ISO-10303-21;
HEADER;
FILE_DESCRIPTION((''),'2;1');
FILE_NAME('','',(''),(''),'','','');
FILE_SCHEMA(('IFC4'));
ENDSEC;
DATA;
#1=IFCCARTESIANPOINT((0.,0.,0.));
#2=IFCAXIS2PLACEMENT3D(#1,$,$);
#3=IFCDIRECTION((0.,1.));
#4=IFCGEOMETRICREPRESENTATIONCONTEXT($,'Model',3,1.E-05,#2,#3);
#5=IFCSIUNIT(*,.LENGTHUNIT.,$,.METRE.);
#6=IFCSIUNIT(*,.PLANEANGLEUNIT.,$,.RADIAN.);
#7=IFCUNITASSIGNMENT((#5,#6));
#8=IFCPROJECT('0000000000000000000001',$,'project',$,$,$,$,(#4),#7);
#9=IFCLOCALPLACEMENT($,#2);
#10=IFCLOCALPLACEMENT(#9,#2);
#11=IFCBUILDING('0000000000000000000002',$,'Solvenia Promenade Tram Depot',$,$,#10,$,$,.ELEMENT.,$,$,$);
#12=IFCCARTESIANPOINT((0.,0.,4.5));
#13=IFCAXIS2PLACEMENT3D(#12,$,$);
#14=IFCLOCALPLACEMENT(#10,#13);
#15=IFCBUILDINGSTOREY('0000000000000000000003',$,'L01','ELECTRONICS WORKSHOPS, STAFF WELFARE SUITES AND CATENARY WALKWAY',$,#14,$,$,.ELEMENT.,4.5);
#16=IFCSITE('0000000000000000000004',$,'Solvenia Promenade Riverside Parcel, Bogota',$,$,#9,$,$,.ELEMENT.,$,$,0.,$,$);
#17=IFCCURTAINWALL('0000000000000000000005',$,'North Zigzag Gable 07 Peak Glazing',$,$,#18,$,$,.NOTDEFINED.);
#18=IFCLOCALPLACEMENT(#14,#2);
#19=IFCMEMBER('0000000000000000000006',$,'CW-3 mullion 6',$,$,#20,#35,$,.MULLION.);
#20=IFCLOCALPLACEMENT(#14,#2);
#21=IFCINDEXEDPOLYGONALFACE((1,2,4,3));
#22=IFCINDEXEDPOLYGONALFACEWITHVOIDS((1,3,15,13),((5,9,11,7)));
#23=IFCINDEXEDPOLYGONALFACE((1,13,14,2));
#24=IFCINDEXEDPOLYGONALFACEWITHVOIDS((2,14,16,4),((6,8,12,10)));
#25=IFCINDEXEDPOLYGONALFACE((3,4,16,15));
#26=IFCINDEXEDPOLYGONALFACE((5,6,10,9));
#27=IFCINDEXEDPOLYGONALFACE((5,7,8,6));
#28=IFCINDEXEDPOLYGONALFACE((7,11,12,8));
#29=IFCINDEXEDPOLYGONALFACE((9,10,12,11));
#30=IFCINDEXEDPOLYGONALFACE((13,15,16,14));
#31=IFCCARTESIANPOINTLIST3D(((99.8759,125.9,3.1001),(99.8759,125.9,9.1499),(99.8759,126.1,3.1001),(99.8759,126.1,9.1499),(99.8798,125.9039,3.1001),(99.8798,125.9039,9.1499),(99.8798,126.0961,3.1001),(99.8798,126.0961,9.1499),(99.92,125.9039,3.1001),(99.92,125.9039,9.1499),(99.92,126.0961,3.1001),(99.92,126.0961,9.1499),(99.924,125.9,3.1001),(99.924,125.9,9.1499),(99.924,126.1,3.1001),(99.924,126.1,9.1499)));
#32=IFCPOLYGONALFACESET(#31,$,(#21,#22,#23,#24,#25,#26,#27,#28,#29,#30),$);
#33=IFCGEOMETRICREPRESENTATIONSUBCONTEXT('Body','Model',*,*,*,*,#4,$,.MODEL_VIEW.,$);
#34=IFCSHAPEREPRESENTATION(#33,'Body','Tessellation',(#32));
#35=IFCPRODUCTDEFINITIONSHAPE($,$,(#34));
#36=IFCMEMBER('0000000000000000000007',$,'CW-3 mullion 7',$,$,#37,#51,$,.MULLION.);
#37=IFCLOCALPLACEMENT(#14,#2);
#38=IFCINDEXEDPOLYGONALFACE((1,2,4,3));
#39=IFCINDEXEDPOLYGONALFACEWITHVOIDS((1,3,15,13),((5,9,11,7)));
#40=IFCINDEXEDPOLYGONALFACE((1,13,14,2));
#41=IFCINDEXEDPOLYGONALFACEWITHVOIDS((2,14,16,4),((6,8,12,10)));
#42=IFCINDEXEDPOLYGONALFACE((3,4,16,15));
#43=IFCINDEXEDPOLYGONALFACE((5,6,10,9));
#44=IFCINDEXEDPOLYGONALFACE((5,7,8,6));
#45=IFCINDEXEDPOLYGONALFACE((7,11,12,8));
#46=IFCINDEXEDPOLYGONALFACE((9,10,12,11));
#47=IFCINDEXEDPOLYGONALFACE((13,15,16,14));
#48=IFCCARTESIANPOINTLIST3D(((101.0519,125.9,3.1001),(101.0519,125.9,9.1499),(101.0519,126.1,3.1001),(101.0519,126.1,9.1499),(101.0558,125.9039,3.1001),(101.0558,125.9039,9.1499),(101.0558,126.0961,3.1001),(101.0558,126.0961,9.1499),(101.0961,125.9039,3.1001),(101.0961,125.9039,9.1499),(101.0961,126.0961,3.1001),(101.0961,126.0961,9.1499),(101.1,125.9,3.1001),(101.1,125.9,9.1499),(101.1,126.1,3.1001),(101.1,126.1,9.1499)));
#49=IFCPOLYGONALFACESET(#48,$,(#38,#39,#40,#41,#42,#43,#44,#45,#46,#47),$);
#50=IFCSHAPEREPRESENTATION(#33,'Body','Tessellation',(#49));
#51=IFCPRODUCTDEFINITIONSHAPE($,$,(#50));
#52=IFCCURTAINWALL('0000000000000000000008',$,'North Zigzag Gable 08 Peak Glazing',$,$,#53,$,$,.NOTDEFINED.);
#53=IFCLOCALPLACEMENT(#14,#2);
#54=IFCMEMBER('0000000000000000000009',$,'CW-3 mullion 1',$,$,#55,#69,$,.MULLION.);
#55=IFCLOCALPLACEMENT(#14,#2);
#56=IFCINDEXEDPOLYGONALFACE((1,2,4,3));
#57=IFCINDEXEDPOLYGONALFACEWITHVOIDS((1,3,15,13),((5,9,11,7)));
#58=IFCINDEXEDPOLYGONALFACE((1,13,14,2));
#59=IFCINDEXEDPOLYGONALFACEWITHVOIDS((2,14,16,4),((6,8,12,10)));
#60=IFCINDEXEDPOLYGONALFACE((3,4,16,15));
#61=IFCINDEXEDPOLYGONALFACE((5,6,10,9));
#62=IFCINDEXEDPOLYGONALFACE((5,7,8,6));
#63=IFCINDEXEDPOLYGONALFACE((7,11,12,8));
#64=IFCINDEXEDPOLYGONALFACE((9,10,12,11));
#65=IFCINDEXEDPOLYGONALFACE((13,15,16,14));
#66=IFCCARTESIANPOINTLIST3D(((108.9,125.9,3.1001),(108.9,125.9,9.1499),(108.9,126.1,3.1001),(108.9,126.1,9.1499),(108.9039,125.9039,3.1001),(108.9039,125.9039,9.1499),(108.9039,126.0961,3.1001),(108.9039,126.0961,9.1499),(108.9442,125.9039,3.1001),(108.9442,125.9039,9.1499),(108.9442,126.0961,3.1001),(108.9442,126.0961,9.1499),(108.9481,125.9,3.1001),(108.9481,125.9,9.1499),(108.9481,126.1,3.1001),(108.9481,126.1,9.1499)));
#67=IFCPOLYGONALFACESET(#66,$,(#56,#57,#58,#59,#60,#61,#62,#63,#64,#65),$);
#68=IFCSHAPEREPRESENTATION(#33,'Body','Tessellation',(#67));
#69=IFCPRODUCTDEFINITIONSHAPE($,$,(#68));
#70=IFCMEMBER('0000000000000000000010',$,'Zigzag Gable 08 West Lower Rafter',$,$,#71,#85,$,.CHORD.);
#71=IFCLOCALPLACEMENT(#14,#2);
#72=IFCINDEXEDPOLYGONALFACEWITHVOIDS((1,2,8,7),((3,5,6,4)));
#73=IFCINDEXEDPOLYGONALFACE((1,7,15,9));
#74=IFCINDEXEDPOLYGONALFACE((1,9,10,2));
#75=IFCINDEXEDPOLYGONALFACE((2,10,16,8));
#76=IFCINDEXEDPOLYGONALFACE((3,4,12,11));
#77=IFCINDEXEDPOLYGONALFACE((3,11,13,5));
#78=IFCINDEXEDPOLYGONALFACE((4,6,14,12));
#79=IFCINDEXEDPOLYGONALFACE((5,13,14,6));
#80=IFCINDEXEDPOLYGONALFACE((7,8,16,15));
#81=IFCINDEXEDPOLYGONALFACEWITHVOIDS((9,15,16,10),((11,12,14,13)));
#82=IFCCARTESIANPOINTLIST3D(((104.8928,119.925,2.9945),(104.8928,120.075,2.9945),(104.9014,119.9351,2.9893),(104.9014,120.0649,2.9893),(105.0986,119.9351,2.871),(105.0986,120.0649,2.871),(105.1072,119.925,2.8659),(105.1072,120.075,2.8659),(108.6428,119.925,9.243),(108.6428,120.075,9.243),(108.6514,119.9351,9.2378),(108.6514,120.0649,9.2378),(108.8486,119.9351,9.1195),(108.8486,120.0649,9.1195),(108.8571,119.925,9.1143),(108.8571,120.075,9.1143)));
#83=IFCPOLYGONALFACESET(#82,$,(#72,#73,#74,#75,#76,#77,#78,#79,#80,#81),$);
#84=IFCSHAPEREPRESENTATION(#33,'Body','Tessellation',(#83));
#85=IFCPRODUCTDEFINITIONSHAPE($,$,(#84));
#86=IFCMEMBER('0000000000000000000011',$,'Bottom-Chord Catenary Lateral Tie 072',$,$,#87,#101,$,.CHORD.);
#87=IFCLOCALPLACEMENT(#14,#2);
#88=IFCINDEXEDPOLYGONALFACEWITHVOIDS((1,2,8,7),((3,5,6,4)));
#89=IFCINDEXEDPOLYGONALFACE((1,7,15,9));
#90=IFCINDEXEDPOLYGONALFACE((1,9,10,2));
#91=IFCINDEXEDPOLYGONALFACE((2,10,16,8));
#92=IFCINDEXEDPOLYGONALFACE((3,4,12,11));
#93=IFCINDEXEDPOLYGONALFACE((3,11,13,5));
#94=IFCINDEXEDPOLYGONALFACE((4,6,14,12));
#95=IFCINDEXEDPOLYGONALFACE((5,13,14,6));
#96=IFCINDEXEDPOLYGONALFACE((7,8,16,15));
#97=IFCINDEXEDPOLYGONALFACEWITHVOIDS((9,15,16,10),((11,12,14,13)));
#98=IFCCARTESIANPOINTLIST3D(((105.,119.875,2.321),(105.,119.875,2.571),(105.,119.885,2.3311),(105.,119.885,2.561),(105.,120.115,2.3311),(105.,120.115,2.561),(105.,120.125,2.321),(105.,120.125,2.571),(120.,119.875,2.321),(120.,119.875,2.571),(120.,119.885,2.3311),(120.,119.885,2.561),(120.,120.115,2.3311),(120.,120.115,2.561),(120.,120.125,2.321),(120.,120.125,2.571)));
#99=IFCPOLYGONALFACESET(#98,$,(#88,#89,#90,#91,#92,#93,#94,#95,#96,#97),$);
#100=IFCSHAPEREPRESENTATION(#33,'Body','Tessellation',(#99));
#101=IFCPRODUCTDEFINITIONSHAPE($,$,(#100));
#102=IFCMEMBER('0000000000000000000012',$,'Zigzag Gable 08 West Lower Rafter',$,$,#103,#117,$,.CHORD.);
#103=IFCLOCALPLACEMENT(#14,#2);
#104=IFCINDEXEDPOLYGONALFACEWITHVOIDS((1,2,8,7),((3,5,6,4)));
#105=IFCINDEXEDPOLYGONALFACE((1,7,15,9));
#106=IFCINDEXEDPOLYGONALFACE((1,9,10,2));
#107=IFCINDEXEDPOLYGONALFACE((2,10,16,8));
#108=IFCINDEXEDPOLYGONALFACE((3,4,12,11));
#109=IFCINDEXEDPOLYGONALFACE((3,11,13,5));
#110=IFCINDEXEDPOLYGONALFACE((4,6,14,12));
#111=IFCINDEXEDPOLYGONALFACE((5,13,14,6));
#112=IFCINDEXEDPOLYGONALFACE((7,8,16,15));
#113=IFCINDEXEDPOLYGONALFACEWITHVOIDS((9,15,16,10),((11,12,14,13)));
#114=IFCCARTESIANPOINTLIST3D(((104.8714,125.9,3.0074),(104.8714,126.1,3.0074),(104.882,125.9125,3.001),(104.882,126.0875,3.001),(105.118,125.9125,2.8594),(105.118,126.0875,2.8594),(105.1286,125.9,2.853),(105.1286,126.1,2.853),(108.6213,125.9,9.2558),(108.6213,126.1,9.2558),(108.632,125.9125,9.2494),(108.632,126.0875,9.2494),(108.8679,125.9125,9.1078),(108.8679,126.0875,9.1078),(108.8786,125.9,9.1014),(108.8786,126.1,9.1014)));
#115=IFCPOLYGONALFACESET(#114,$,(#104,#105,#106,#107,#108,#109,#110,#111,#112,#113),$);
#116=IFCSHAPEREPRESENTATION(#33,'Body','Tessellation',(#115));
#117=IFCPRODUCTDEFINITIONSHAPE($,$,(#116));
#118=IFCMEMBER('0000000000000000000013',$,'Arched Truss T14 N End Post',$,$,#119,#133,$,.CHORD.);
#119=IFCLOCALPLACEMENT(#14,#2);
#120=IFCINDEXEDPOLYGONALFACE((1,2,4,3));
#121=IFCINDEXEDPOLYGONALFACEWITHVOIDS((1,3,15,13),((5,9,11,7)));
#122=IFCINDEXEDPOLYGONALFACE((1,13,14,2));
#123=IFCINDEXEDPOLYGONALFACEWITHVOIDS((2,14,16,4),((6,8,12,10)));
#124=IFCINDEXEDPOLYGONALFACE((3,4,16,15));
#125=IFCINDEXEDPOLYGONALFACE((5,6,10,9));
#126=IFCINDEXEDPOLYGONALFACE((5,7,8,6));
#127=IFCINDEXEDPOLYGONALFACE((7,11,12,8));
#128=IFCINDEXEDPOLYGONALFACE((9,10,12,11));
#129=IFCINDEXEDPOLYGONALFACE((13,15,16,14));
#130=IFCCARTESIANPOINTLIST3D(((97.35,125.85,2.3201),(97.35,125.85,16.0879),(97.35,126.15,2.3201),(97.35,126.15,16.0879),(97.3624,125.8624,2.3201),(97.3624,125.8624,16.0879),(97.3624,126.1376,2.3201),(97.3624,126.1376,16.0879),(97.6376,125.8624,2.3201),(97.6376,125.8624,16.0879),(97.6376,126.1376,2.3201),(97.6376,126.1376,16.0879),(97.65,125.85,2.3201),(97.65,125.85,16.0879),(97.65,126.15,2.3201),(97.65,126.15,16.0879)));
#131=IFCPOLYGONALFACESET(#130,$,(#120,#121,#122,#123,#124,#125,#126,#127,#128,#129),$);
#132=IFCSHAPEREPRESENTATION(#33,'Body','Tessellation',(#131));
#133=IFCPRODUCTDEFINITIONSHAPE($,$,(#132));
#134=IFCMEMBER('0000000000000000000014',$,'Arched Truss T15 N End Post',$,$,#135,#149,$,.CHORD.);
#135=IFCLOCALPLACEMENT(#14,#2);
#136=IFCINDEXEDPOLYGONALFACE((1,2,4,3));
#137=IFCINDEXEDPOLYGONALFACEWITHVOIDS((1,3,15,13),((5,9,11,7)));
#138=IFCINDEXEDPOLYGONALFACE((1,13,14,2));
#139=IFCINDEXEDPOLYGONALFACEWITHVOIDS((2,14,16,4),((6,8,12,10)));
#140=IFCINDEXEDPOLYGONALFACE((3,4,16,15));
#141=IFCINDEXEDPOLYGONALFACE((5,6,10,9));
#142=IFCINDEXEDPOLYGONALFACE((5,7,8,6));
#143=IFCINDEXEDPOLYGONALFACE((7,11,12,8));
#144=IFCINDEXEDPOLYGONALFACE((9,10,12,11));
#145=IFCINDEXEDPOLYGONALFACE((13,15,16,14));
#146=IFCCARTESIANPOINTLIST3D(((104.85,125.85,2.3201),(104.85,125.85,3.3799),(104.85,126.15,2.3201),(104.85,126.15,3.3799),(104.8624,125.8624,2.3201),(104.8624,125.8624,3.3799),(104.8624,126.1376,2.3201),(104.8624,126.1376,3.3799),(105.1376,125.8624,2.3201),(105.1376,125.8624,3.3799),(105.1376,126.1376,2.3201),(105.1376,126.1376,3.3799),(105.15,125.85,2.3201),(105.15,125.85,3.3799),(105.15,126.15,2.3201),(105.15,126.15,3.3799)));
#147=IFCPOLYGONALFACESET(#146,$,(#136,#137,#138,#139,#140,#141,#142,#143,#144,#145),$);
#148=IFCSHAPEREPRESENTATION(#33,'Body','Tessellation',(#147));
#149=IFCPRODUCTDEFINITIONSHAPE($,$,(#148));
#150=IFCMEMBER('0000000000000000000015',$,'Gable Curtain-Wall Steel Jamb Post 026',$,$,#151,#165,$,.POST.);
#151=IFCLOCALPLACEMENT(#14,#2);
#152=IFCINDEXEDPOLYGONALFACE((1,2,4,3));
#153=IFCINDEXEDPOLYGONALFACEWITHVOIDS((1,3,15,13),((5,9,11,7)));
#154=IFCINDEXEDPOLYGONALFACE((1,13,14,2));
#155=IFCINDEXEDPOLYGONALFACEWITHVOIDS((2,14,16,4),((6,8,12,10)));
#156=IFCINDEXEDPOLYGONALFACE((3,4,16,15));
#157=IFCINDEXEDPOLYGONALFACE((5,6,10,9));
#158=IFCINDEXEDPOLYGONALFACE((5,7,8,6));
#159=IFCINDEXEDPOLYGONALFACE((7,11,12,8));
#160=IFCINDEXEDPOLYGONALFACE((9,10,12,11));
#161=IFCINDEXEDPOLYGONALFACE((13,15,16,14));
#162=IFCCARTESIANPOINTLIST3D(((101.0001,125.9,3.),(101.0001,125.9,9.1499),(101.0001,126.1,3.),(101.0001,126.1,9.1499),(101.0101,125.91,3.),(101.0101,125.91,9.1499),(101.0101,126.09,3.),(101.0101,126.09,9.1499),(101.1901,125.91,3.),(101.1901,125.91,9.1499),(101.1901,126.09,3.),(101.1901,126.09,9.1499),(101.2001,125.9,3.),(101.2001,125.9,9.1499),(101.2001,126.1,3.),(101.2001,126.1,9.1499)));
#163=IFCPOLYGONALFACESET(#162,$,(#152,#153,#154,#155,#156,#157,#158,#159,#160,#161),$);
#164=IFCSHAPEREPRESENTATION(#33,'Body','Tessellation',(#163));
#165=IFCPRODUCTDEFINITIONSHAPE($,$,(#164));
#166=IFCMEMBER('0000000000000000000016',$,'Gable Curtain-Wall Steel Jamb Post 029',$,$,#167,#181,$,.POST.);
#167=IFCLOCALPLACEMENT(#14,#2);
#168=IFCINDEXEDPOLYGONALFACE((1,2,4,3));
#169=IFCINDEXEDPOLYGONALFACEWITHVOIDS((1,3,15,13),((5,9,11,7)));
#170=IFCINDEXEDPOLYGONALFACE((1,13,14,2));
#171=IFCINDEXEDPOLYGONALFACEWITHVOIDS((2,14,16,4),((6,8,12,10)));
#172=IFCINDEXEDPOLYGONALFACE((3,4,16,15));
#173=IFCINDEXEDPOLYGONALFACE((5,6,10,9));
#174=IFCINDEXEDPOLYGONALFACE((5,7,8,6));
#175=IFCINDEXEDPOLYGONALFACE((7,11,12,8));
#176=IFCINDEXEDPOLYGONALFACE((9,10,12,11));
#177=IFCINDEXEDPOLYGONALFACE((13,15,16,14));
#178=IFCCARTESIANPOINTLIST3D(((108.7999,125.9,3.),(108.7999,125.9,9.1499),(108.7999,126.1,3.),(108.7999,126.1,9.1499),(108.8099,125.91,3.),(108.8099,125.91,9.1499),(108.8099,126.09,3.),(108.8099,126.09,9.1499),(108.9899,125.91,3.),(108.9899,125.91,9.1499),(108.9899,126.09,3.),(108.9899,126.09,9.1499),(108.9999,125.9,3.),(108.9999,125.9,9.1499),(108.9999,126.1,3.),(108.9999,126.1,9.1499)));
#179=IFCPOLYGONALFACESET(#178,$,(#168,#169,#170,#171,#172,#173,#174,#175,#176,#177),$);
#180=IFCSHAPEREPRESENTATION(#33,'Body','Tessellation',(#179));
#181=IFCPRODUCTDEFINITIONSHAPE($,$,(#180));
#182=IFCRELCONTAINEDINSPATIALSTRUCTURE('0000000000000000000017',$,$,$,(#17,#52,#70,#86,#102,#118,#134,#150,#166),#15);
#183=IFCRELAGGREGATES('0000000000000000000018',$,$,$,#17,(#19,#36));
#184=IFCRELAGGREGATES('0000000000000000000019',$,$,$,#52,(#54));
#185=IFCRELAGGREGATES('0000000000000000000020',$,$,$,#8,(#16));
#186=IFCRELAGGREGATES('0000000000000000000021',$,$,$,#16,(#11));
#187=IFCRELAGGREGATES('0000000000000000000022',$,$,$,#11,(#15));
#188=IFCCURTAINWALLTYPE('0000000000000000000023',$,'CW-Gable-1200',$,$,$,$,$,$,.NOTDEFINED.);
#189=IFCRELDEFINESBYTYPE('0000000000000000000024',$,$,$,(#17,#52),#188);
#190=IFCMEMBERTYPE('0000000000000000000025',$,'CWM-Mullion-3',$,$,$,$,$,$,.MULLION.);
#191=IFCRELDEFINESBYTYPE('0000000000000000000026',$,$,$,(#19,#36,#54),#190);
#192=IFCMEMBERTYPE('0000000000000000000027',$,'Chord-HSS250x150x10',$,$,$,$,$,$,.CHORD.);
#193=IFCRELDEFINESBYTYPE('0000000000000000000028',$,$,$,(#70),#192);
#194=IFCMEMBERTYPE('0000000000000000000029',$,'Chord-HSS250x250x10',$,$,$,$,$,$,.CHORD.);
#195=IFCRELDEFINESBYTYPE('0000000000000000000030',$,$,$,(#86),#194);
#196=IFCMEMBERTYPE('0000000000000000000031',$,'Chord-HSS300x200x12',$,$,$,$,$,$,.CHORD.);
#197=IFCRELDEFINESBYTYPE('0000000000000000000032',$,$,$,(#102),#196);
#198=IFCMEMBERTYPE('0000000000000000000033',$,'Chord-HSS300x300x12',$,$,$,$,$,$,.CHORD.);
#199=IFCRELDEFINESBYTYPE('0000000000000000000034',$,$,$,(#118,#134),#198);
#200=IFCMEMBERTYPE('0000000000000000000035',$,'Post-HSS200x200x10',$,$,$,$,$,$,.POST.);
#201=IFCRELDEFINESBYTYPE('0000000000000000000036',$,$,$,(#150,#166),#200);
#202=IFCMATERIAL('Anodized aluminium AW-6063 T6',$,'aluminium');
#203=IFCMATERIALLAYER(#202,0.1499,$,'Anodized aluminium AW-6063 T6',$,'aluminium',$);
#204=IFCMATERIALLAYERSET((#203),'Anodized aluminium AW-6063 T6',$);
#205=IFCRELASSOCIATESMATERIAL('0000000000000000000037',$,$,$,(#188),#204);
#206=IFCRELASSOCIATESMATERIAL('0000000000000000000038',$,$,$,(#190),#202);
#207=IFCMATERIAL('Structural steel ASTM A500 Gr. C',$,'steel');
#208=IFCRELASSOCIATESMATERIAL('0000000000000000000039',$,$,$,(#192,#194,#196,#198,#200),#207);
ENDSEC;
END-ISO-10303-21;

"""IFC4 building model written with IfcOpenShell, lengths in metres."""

from ifc_helpers import new_model, si_unit, direction, frame, origin, origin_2d, place, context, subcontext, project, spatial, hollow_rectangle, extrude, material, layer, layer_set, material_profile, profile_set, type_object, element, aggregate, save


model = new_model("IFC4")

# Units and contexts
model_context = context("Model", 3, precision=1e-05, world=origin(), true_north=direction((0.0, 1.0)))
body_context = subcontext(model_context, "Body", "Model", "MODEL_VIEW")
ifc_project = project(units=[si_unit("LENGTHUNIT", "METRE"), si_unit("PLANEANGLEUNIT", "RADIAN")], contexts=[model_context])

# Site, building, storey
site_placement = place(None, origin())
site = spatial("IfcSite", under=ifc_project, at=site_placement, Name="Solvenia Promenade Riverside Parcel, Bogota", CompositionType="ELEMENT", RefElevation=0.0)
building_placement = place(site_placement, origin())
building = spatial("IfcBuilding", under=site, at=building_placement, Name="Solvenia Promenade Tram Depot", CompositionType="ELEMENT")
storey_placement = place(building_placement, frame((0.0, 0.0, 4.5)))
storey = spatial("IfcBuildingStorey", under=building, at=storey_placement, Name="L01", Description="ELECTRONICS WORKSHOPS, STAFF WELFARE SUITES AND CATENARY WALKWAY", CompositionType="ELEMENT", Elevation=4.5)

# Shared definitions
ifc_material_1 = material(Name="Structural steel ASTM A500 Gr. C", Category="steel")

# Curtain wall, members
ifc_material_2 = material(Name="Anodized aluminium AW-6063 T6", Category="aluminium")
ifc_layer_1 = layer(ifc_material_2, 0.1499, Name="Anodized aluminium AW-6063 T6", Category="aluminium")
ifc_layer_set_1 = layer_set([ifc_layer_1], Name="Anodized aluminium AW-6063 T6")
curtain_wall_type = type_object("IfcCurtainWallType", Name="CW-Gable-1200", PredefinedType="NOTDEFINED", material=ifc_layer_set_1)
curtain_wall_1_placement = place(storey_placement, origin())
curtain_wall_1 = element("IfcCurtainWall", 1, at=curtain_wall_1_placement, inside=storey, type_object=curtain_wall_type, Name="North Zigzag Gable 07 Peak Glazing", PredefinedType="NOTDEFINED")
ifc_material_profile_1 = material_profile(ifc_material_2, hollow_rectangle(XDim=0.2, YDim=0.0481, WallThickness=0.0039, at=origin_2d()), Name="ALU-M3", Category="aluminium")
ifc_profile_set_1 = profile_set([ifc_material_profile_1], Name="Anodized aluminium AW-6063 T6")
member_type_1 = type_object("IfcMemberType", Name="CWM-Mullion-3", PredefinedType="MULLION", material=ifc_profile_set_1)
member_1_placement = place(storey_placement, frame((99.8999, 126.0, 3.1001), z_axis=(0.0, 0.0, 1.0), x_axis=(0.0, 1.0, 0.0)))
member_1 = element("IfcMember", 2, at=member_1_placement, type_object=member_type_1, Name="CW-3 mullion 6", PredefinedType="MULLION", context=body_context, shape_type="SweptSolid", body=[
    extrude(hollow_rectangle(XDim=0.2, YDim=0.0481, WallThickness=0.0039, at=origin_2d()), origin(), (0.0, 0.0, 1.0), 6.0498),
])
member_2_placement = place(storey_placement, frame((101.0759, 126.0, 3.1001), z_axis=(0.0, 0.0, 1.0), x_axis=(0.0, 1.0, 0.0)))
member_2 = element("IfcMember", 3, at=member_2_placement, type_object=member_type_1, Name="CW-3 mullion 7", PredefinedType="MULLION", context=body_context, shape_type="SweptSolid", body=[
    extrude(hollow_rectangle(XDim=0.2, YDim=0.0481, WallThickness=0.0039, at=origin_2d()), origin(), (0.0, 0.0, 1.0), 6.0498),
])
aggregate(curtain_wall_1, [member_1, member_2])

# Curtain wall, member
curtain_wall_2_placement = place(storey_placement, origin())
curtain_wall_2 = element("IfcCurtainWall", 4, at=curtain_wall_2_placement, inside=storey, type_object=curtain_wall_type, Name="North Zigzag Gable 08 Peak Glazing", PredefinedType="NOTDEFINED")
member_3_placement = place(storey_placement, frame((108.9241, 126.0, 3.1001), z_axis=(0.0, 0.0, 1.0), x_axis=(0.0, 1.0, 0.0)))
member_3 = element("IfcMember", 5, at=member_3_placement, type_object=member_type_1, Name="CW-3 mullion 1", PredefinedType="MULLION", context=body_context, shape_type="SweptSolid", body=[
    extrude(hollow_rectangle(XDim=0.2, YDim=0.0481, WallThickness=0.0039, at=origin_2d()), origin(), (0.0, 0.0, 1.0), 6.0498),
])
aggregate(curtain_wall_2, [member_3])

# Members
ifc_material_profile_2 = material_profile(ifc_material_1, hollow_rectangle(XDim=0.1499, YDim=0.25, WallThickness=0.01, at=origin_2d()), Name="HSS250x150x10", Category="steel")
ifc_profile_set_2 = profile_set([ifc_material_profile_2], Name="Structural steel ASTM A500 Gr. C")
member_type_2 = type_object("IfcMemberType", Name="Chord-HSS250x150x10", PredefinedType="CHORD", material=ifc_profile_set_2)
member_4_placement = place(storey_placement, frame((105.0, 120.0, 2.9302), z_axis=(0.514584, 0.0, 0.85744), x_axis=(0.0, 1.0, 0.0)))
element("IfcMember", 6, at=member_4_placement, inside=storey, type_object=member_type_2, Name="Zigzag Gable 08 West Lower Rafter", PredefinedType="CHORD", context=body_context, shape_type="SweptSolid", body=[
    extrude(hollow_rectangle(XDim=0.1499, YDim=0.25, WallThickness=0.01, at=origin_2d()), origin(), (0.0, 0.0, 1.0), 7.2874),
])
ifc_material_profile_3 = material_profile(ifc_material_1, hollow_rectangle(XDim=0.25, YDim=0.25, WallThickness=0.01, at=origin_2d()), Name="HSS250x250x10", Category="steel")
ifc_profile_set_3 = profile_set([ifc_material_profile_3], Name="Structural steel ASTM A500 Gr. C")
member_type_3 = type_object("IfcMemberType", Name="Chord-HSS250x250x10", PredefinedType="CHORD", material=ifc_profile_set_3)
member_5_placement = place(storey_placement, frame((105.0, 120.0, 2.446), z_axis=(1.0, 0.0, 0.0), x_axis=(0.0, 1.0, 0.0)))
element("IfcMember", 7, at=member_5_placement, inside=storey, type_object=member_type_3, Name="Bottom-Chord Catenary Lateral Tie 072", PredefinedType="CHORD", context=body_context, shape_type="SweptSolid", body=[
    extrude(hollow_rectangle(XDim=0.25, YDim=0.25, WallThickness=0.01, at=origin_2d()), origin(), (0.0, 0.0, 1.0), 15.0),
])
ifc_material_profile_4 = material_profile(ifc_material_1, hollow_rectangle(XDim=0.2, YDim=0.3, WallThickness=0.0125, at=origin_2d()), Name="HSS300x200x12.5", Category="steel")
ifc_profile_set_4 = profile_set([ifc_material_profile_4], Name="Structural steel ASTM A500 Gr. C")
member_type_4 = type_object("IfcMemberType", Name="Chord-HSS300x200x12", PredefinedType="CHORD", material=ifc_profile_set_4)
member_6_placement = place(storey_placement, frame((105.0, 126.0, 2.9302), z_axis=(0.514584, 0.0, 0.85744), x_axis=(0.0, 1.0, 0.0)))
element("IfcMember", 8, at=member_6_placement, inside=storey, type_object=member_type_4, Name="Zigzag Gable 08 West Lower Rafter", PredefinedType="CHORD", context=body_context, shape_type="SweptSolid", body=[
    extrude(hollow_rectangle(XDim=0.2, YDim=0.3, WallThickness=0.0125, at=origin_2d()), origin(), (0.0, 0.0, 1.0), 7.2874),
])
ifc_material_profile_5 = material_profile(ifc_material_1, hollow_rectangle(XDim=0.3, YDim=0.3, WallThickness=0.0125, at=origin_2d()), Name="HSS300x300x12.5", Category="steel")
ifc_profile_set_5 = profile_set([ifc_material_profile_5], Name="Structural steel ASTM A500 Gr. C")
member_type_5 = type_object("IfcMemberType", Name="Chord-HSS300x300x12", PredefinedType="CHORD", material=ifc_profile_set_5)
member_7_placement = place(storey_placement, frame((97.5, 126.0, 2.3201), z_axis=(0.0, 0.0, 1.0), x_axis=(1.0, 0.0, 0.0)))
element("IfcMember", 9, at=member_7_placement, inside=storey, type_object=member_type_5, Name="Arched Truss T14 N End Post", PredefinedType="CHORD", context=body_context, shape_type="SweptSolid", body=[
    extrude(hollow_rectangle(XDim=0.3, YDim=0.3, WallThickness=0.0125, at=origin_2d()), origin(), (0.0, 0.0, 1.0), 13.7678),
])
member_8_placement = place(storey_placement, frame((105.0, 126.0, 2.3201), z_axis=(0.0, 0.0, 1.0), x_axis=(1.0, 0.0, 0.0)))
element("IfcMember", 10, at=member_8_placement, inside=storey, type_object=member_type_5, Name="Arched Truss T15 N End Post", PredefinedType="CHORD", context=body_context, shape_type="SweptSolid", body=[
    extrude(hollow_rectangle(XDim=0.3, YDim=0.3, WallThickness=0.0125, at=origin_2d()), origin(), (0.0, 0.0, 1.0), 1.0598),
])
ifc_material_profile_6 = material_profile(ifc_material_1, hollow_rectangle(XDim=0.2, YDim=0.2, WallThickness=0.01, at=origin_2d()), Name="HSS200x200x10", Category="steel")
ifc_profile_set_6 = profile_set([ifc_material_profile_6], Name="Structural steel ASTM A500 Gr. C")
member_type_6 = type_object("IfcMemberType", Name="Post-HSS200x200x10", PredefinedType="POST", material=ifc_profile_set_6)
for number, where, z_axis, x_axis, name in (
    (11, (101.1001, 126.0, 3.0), (0.0, 0.0, 1.0), (1.0, 0.0, 0.0), "Gable Curtain-Wall Steel Jamb Post 026"),
    (12, (108.8999, 126.0, 3.0), (0.0, 0.0, 1.0), (1.0, 0.0, 0.0), "Gable Curtain-Wall Steel Jamb Post 029"),
):
    element("IfcMember", number, at=place(storey_placement, frame(where, z_axis=z_axis, x_axis=x_axis)), inside=storey, type_object=member_type_6, Name=name, PredefinedType="POST", context=body_context, shape_type="SweptSolid", body=[
        extrude(hollow_rectangle(XDim=0.2, YDim=0.2, WallThickness=0.01, at=origin_2d()), origin(), (0.0, 0.0, 1.0), 6.1499),
    ])

save(model, "model.ifc")
